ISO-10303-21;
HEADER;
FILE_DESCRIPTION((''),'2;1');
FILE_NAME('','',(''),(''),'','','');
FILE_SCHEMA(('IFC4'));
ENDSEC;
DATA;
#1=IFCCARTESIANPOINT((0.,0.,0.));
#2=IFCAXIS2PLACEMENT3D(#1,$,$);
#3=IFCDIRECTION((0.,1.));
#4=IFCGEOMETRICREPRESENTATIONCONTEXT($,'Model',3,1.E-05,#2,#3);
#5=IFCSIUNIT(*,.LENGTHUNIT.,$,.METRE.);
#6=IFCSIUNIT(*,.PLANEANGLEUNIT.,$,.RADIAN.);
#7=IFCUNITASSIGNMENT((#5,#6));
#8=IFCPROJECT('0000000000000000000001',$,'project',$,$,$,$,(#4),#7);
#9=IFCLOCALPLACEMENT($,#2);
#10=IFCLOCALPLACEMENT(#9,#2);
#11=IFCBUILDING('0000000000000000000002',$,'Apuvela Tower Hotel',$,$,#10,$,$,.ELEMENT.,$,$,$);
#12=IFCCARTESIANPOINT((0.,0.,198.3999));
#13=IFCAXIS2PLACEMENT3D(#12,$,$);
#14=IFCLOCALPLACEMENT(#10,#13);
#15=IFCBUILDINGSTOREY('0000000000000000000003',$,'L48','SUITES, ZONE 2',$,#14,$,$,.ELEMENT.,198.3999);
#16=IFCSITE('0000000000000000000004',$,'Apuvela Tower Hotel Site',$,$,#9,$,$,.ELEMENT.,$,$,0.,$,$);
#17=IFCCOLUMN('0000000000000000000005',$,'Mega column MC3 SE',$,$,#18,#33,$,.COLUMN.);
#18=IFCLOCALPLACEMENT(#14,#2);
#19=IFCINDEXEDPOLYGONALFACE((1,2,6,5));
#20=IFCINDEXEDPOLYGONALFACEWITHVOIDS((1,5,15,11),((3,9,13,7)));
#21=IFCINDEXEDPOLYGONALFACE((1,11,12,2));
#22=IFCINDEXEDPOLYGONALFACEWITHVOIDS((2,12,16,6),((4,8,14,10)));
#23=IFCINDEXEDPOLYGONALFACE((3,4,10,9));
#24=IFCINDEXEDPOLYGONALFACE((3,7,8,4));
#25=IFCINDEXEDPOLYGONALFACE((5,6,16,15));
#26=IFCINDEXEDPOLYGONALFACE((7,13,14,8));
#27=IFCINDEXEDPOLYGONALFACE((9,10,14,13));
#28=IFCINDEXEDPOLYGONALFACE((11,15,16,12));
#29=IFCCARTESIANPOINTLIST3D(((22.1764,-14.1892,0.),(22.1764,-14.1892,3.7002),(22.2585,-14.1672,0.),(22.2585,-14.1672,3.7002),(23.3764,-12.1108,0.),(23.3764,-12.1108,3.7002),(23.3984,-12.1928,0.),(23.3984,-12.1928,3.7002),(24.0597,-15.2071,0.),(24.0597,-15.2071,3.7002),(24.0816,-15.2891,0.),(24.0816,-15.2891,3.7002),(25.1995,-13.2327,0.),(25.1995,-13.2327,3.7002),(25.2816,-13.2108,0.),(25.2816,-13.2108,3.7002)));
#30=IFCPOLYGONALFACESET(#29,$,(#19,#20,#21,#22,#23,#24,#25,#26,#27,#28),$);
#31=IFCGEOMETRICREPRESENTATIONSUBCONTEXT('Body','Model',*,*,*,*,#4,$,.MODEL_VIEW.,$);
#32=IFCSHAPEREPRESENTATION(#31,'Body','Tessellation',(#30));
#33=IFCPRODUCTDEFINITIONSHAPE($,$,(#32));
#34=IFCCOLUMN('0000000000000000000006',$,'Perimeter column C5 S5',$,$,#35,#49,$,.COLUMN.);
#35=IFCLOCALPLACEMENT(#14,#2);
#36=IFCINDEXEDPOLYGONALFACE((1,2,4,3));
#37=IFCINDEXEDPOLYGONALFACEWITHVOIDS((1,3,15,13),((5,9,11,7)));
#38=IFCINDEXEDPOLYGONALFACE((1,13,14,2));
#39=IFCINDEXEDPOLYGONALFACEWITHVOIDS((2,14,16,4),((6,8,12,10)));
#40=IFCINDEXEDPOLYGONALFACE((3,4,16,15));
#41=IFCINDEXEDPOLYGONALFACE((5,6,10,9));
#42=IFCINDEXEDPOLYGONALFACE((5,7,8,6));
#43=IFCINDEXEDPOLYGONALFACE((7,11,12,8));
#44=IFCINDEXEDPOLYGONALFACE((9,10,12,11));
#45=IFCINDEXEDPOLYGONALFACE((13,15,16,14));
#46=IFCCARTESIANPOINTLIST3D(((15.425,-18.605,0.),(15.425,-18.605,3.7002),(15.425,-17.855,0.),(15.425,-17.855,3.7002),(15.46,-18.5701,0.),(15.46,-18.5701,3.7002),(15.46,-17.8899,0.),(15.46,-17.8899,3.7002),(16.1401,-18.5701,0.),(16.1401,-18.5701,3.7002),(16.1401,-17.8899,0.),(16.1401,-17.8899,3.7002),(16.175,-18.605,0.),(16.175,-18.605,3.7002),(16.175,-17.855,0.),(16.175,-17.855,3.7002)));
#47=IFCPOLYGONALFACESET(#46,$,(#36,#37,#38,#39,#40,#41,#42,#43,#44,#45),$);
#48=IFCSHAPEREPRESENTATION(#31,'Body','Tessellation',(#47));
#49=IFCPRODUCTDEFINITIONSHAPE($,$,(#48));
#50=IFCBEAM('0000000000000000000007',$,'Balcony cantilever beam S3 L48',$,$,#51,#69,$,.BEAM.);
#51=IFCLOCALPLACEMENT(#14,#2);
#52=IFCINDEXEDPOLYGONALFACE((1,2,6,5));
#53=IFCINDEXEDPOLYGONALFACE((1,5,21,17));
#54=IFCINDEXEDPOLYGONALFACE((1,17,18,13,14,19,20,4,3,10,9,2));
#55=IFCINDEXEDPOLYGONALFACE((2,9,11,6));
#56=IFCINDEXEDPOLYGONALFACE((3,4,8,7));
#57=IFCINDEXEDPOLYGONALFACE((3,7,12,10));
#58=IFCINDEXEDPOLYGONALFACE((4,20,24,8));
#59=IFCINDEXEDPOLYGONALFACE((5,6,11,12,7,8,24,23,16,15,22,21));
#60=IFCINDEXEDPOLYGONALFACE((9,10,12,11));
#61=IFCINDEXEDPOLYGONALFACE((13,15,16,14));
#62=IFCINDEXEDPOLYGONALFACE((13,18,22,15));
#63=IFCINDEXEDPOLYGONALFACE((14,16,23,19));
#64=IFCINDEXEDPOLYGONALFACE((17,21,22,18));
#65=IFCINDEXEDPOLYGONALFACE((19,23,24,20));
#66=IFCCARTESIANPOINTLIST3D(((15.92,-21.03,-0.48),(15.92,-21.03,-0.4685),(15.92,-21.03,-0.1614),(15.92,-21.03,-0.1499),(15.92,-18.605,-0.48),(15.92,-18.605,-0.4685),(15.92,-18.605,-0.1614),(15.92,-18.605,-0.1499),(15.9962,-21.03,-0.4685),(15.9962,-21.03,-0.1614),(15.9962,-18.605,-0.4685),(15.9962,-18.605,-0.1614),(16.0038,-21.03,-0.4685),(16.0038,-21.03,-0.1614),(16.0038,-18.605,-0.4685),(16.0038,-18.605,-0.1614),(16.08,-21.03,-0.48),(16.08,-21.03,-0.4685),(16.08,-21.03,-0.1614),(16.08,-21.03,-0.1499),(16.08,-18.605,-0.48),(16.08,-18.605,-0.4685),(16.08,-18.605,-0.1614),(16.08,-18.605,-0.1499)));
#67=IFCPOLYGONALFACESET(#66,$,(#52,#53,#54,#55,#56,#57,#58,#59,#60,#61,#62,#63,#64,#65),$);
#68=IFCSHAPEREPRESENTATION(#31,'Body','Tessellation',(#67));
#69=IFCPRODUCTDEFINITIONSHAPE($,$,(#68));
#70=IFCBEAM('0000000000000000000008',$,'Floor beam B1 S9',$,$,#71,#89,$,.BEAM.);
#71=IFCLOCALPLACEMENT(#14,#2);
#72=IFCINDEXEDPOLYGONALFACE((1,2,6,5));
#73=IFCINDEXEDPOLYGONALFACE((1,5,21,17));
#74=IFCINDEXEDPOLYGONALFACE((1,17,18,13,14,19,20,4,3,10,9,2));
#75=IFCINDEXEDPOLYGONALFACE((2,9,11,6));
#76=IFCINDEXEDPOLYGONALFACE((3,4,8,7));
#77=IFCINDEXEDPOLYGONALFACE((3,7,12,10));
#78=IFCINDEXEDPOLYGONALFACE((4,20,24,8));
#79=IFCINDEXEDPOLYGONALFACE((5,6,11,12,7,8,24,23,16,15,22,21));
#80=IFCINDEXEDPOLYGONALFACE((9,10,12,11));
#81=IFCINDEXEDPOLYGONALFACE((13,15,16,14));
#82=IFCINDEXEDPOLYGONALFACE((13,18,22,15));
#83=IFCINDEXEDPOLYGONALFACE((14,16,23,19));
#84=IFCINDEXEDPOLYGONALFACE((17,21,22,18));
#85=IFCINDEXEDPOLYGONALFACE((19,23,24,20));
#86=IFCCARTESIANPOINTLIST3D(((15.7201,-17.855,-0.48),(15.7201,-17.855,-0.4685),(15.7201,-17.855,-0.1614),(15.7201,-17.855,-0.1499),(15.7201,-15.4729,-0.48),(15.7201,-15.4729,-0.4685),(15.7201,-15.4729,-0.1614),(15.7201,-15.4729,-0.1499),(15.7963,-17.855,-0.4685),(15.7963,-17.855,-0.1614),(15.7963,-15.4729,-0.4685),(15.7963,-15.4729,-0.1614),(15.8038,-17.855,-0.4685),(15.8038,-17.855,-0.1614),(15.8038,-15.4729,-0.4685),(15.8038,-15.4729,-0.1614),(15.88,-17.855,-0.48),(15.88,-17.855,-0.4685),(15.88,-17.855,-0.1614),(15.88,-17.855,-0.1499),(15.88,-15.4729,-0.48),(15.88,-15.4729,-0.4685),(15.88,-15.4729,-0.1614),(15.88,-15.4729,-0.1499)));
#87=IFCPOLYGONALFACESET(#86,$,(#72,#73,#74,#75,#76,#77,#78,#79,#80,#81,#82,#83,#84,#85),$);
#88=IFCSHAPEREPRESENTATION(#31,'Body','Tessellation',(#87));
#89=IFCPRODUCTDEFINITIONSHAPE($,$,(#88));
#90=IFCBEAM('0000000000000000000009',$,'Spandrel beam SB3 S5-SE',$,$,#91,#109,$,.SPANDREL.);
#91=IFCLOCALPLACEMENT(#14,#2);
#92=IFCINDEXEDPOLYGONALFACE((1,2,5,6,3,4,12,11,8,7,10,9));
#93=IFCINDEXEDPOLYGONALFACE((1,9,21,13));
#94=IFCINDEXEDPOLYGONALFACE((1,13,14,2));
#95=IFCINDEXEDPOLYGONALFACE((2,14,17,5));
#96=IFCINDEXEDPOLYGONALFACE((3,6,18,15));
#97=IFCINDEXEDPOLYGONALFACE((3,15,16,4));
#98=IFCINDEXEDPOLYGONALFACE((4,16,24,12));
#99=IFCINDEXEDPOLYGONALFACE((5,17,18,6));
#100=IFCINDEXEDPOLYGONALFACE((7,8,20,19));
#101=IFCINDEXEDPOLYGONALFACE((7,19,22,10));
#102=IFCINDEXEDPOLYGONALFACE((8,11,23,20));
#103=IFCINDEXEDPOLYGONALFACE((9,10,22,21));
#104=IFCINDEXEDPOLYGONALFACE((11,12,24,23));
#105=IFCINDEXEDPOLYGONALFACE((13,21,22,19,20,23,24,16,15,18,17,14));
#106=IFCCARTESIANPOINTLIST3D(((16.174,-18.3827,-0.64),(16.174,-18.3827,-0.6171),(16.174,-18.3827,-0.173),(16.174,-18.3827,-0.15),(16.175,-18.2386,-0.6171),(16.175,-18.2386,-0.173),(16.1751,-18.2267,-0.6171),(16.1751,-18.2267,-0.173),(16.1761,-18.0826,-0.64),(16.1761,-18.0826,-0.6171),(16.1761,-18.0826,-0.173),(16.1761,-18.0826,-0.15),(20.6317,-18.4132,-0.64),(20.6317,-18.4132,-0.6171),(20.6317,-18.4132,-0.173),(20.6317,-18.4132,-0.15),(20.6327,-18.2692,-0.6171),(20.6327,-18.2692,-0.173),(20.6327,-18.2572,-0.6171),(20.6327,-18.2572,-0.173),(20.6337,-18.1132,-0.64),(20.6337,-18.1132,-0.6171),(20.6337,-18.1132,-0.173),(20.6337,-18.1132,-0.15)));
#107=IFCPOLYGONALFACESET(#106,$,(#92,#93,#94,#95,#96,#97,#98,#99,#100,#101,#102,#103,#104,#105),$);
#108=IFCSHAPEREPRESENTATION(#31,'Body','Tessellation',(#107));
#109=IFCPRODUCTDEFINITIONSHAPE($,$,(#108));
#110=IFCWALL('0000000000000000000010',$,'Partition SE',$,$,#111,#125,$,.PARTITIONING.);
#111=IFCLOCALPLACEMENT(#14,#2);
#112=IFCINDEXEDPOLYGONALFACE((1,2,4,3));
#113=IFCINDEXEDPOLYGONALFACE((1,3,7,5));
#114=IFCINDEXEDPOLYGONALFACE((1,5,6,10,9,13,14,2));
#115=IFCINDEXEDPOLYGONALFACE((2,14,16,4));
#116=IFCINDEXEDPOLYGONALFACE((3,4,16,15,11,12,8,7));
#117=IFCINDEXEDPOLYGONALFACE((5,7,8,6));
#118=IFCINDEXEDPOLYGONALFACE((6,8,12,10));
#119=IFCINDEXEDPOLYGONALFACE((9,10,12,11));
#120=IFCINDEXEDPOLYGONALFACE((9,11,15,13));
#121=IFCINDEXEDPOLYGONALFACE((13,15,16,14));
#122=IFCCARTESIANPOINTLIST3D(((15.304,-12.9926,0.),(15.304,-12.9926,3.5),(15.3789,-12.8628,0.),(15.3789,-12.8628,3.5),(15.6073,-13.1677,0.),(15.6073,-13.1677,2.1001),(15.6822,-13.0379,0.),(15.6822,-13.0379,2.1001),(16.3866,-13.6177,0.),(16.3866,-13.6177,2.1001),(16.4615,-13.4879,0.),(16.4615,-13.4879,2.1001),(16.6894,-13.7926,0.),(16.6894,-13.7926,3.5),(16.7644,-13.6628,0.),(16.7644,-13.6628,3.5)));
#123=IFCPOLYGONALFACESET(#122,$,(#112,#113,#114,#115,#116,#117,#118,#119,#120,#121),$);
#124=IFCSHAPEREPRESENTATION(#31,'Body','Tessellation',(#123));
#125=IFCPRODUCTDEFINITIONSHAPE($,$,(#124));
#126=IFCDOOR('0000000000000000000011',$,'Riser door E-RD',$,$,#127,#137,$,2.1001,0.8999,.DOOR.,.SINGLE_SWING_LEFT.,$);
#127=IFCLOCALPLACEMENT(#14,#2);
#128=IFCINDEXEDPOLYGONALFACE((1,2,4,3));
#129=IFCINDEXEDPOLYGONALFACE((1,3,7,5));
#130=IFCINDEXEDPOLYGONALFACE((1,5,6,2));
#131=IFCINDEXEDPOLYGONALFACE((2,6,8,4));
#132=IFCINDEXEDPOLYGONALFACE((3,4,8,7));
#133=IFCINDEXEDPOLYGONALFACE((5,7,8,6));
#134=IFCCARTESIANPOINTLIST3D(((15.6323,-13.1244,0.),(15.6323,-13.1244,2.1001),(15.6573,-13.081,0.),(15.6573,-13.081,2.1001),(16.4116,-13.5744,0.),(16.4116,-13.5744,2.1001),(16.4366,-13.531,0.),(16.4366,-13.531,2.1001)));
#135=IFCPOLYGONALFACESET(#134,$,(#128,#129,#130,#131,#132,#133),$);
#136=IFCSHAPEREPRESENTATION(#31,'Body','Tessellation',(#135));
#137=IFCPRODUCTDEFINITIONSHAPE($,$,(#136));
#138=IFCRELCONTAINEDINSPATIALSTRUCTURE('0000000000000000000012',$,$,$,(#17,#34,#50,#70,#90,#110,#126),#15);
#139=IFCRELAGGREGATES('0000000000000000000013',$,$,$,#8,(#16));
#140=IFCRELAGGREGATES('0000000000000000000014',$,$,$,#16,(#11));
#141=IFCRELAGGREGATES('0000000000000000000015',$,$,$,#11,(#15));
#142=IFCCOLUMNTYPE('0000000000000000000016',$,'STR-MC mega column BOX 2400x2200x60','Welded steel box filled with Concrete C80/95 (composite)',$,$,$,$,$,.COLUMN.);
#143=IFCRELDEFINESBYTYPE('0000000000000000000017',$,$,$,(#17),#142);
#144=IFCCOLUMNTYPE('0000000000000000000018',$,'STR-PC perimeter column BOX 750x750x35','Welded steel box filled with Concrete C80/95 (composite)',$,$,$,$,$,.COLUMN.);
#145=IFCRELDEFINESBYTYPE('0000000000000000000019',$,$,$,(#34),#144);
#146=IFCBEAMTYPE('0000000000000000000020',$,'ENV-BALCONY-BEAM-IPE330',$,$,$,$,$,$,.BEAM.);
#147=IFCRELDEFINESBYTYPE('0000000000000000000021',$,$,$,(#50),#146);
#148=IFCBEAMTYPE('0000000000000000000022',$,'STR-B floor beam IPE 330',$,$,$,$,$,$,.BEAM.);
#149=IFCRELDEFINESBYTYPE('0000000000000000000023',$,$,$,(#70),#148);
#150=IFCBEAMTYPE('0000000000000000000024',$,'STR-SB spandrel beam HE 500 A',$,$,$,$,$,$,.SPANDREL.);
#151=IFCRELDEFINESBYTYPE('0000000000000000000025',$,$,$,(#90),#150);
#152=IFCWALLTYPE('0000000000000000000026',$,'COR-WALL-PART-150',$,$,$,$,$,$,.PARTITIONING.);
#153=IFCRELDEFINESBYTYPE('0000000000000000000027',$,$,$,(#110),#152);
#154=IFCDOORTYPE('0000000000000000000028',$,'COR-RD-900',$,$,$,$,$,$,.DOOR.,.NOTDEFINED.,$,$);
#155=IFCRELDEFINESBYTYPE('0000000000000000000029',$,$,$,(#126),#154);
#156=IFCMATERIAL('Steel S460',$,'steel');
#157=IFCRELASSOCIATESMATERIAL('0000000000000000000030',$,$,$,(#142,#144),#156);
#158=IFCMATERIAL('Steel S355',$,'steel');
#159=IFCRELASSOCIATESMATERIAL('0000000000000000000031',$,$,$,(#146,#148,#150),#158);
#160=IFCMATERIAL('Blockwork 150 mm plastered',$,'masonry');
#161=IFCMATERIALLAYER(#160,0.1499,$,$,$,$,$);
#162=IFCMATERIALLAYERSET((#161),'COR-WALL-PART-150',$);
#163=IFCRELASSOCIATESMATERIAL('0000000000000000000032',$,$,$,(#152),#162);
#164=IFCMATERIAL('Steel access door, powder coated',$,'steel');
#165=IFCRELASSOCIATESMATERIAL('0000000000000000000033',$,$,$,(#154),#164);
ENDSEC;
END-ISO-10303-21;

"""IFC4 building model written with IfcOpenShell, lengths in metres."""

from ifc_helpers import new_model, si_unit, direction, frame, frame_2d, origin, origin_2d, place, context, subcontext, project, spatial, rectangle, hollow_rectangle, i_section, extrude, material, layer, layer_set, material_profile, profile_set, type_object, element, fill, save


model = new_model("IFC4")

# Units and contexts
model_context = context("Model", 3, precision=1e-05, world=origin(), true_north=direction((0.0, 1.0)))
body_context = subcontext(model_context, "Body", "Model", "MODEL_VIEW")
ifc_project = project(units=[si_unit("LENGTHUNIT", "METRE"), si_unit("PLANEANGLEUNIT", "RADIAN")], contexts=[model_context])

# Site, building, storey
site_placement = place(None, origin())
site = spatial("IfcSite", under=ifc_project, at=site_placement, Name="Apuvela Tower Hotel Site", CompositionType="ELEMENT", RefElevation=0.0)
building_placement = place(site_placement, origin())
building = spatial("IfcBuilding", under=site, at=building_placement, Name="Apuvela Tower Hotel", CompositionType="ELEMENT")
storey_placement = place(building_placement, frame((0.0, 0.0, 198.3999)))
storey = spatial("IfcBuildingStorey", under=building, at=storey_placement, Name="L48", Description="SUITES, ZONE 2", CompositionType="ELEMENT", Elevation=198.3999)

# Columns
ifc_material_1 = material(Name="Steel S460", Category="steel")
ifc_material_profile_1 = material_profile(ifc_material_1, hollow_rectangle(XDim=2.3999, YDim=2.2, WallThickness=0.0601, at=origin_2d()), Name="BOX 2400x2200x60")
ifc_material_2 = material(Name="Concrete C80/95", Category="concrete")
ifc_material_profile_2 = material_profile(ifc_material_2, rectangle(XDim=2.28, YDim=2.0801, at=origin_2d()), Name="Concrete C80/95 infill")
ifc_profile_set_1 = profile_set([ifc_material_profile_1, ifc_material_profile_2], Name="Steel S460")
column_type_1 = type_object("IfcColumnType", Name="STR-MC mega column BOX 2400x2200x60", Description="Welded steel box filled with Concrete C80/95 (composite)", PredefinedType="COLUMN", material=ifc_profile_set_1)
column_1_placement = place(storey_placement, frame((23.729, -13.7, 0.0), z_axis=(0.0, 0.0, 1.0), x_axis=(0.5, 0.866025, 0.0)))
element("IfcColumn", 1, at=column_1_placement, inside=storey, type_object=column_type_1, Name="Mega column MC3 SE", PredefinedType="COLUMN", context=body_context, shape_type="SweptSolid", body=[
    extrude(hollow_rectangle(XDim=2.3999, YDim=2.2, WallThickness=0.0601, at=origin_2d()), origin(), (0.0, 0.0, 1.0), 3.7002),
])
ifc_material_profile_3 = material_profile(ifc_material_1, hollow_rectangle(XDim=0.75, YDim=0.75, WallThickness=0.0349, at=origin_2d()), Name="BOX 750x750x35")
ifc_material_profile_4 = material_profile(ifc_material_2, rectangle(XDim=0.6799, YDim=0.6799, at=origin_2d()), Name="Concrete C80/95 infill")
ifc_profile_set_2 = profile_set([ifc_material_profile_3, ifc_material_profile_4], Name="Steel S460")
column_type_2 = type_object("IfcColumnType", Name="STR-PC perimeter column BOX 750x750x35", Description="Welded steel box filled with Concrete C80/95 (composite)", PredefinedType="COLUMN", material=ifc_profile_set_2)
column_2_placement = place(storey_placement, frame((15.8, -18.23, 0.0), z_axis=(0.0, 0.0, 1.0), x_axis=(-1.0, 0.0, 0.0)))
element("IfcColumn", 2, at=column_2_placement, inside=storey, type_object=column_type_2, Name="Perimeter column C5 S5", PredefinedType="COLUMN", context=body_context, shape_type="SweptSolid", body=[
    extrude(hollow_rectangle(XDim=0.75, YDim=0.75, WallThickness=0.0349, at=origin_2d()), origin(), (0.0, 0.0, 1.0), 3.7002),
])

# Beams
ifc_material_3 = material(Name="Steel S355", Category="steel")
ifc_material_profile_5 = material_profile(ifc_material_3, i_section(OverallWidth=0.1599, OverallDepth=0.3301, WebThickness=0.0076, FlangeThickness=0.0115, at=origin_2d()), Name="IPE 330")
ifc_profile_set_3 = profile_set([ifc_material_profile_5], Name="Steel S355")
beam_type_1 = type_object("IfcBeamType", Name="ENV-BALCONY-BEAM-IPE330", PredefinedType="BEAM", material=ifc_profile_set_3)
beam_1_placement = place(storey_placement, frame((16.0, -18.605, -0.3149), z_axis=(0.0, -1.0, 0.0), x_axis=(1.0, 0.0, 0.0)))
element("IfcBeam", 3, at=beam_1_placement, inside=storey, type_object=beam_type_1, Name="Balcony cantilever beam S3 L48", PredefinedType="BEAM", context=body_context, shape_type="SweptSolid", body=[
    extrude(i_section(OverallWidth=0.1599, OverallDepth=0.3301, WebThickness=0.0076, FlangeThickness=0.0115, at=origin_2d()), origin(), (0.0, 0.0, 1.0), 2.425),
])
ifc_material_profile_6 = material_profile(ifc_material_3, i_section(OverallWidth=0.1599, OverallDepth=0.3301, WebThickness=0.0076, FlangeThickness=0.0115, at=origin_2d()), Name="IPE 330")
ifc_profile_set_4 = profile_set([ifc_material_profile_6], Name="Steel S355")
beam_type_2 = type_object("IfcBeamType", Name="STR-B floor beam IPE 330", PredefinedType="BEAM", material=ifc_profile_set_4)
beam_2_placement = place(storey_placement, frame((15.8, -17.855, -0.3149), z_axis=(0.0, 1.0, 0.0), x_axis=(-1.0, 0.0, 0.0)))
element("IfcBeam", 4, at=beam_2_placement, inside=storey, type_object=beam_type_2, Name="Floor beam B1 S9", PredefinedType="BEAM", context=body_context, shape_type="SweptSolid", body=[
    extrude(i_section(OverallWidth=0.1599, OverallDepth=0.3301, WebThickness=0.0076, FlangeThickness=0.0115, at=origin_2d()), origin(), (0.0, 0.0, 1.0), 2.3821),
])
ifc_material_profile_7 = material_profile(ifc_material_3, i_section(OverallWidth=0.3, OverallDepth=0.49, WebThickness=0.012, FlangeThickness=0.0229, at=origin_2d()), Name="HE 500 A")
ifc_profile_set_5 = profile_set([ifc_material_profile_7], Name="Steel S355")
beam_type_3 = type_object("IfcBeamType", Name="STR-SB spandrel beam HE 500 A", PredefinedType="SPANDREL", material=ifc_profile_set_5)
beam_3_placement = place(storey_placement, frame((16.175, -18.2327, -0.395), z_axis=(0.999977, -0.006846, 0.0), x_axis=(0.006846, 0.999977, 0.0)))
element("IfcBeam", 5, at=beam_3_placement, inside=storey, type_object=beam_type_3, Name="Spandrel beam SB3 S5-SE", PredefinedType="SPANDREL", context=body_context, shape_type="SweptSolid", body=[
    extrude(i_section(OverallWidth=0.3, OverallDepth=0.49, WebThickness=0.012, FlangeThickness=0.0229, at=origin_2d()), origin(), (0.0, 0.0, 1.0), 4.4578),
])

# Wall, opening, door
ifc_material_4 = material(Name="Blockwork 150 mm plastered", Category="masonry")
ifc_layer_1 = layer(ifc_material_4, 0.1499)
ifc_layer_set_1 = layer_set([ifc_layer_1], Name="COR-WALL-PART-150")
wall_type_1 = type_object("IfcWallType", Name="COR-WALL-PART-150", PredefinedType="PARTITIONING", material=ifc_layer_set_1)
wall_1_placement = place(storey_placement, frame((15.3416, -12.9277, 0.0), z_axis=(0.0, 0.0, 1.0), x_axis=(0.86599, -0.500061, 0.0)))
wall_1 = element("IfcWall", 6, at=wall_1_placement, inside=storey, type_object=wall_type_1, Name="Partition SE", PredefinedType="PARTITIONING", context=body_context, shape_type="SweptSolid", body=[
    extrude(rectangle(XDim=1.5999, YDim=0.1499, at=frame_2d((0.7998, 0.0))), origin(), (0.0, 0.0, 1.0), 3.5),
])
opening_1_placement = place(wall_1_placement, frame((0.3501, 0.0, 0.0)))
opening_1 = element("IfcOpeningElement", 7, at=opening_1_placement, cuts=wall_1, PredefinedType="OPENING", context=body_context, shape_type="SweptSolid", body=[
    extrude(rectangle(XDim=0.8999, YDim=2.1001, at=frame_2d((0.45, 1.05))), frame((0.0, 0.085, 0.0), z_axis=(0.0, -1.0, 0.0), x_axis=(1.0, 0.0, 0.0)), (0.0, 0.0, 1.0), 0.1699),
])
ifc_material_5 = material(Name="Steel access door, powder coated", Category="steel")
door_type_1 = type_object("IfcDoorType", Name="COR-RD-900", OperationType="NOTDEFINED", PredefinedType="DOOR", material=ifc_material_5)
door_1_placement = place(opening_1_placement, frame((0.8999, 0.0, 0.0), z_axis=(0.0, 0.0, 1.0), x_axis=(-1.0, 0.0, 0.0)))
door_1 = element("IfcDoor", 8, at=door_1_placement, inside=storey, type_object=door_type_1, Name="Riser door E-RD", OperationType="SINGLE_SWING_LEFT", OverallHeight=2.1001, OverallWidth=0.8999, PredefinedType="DOOR", context=body_context, shape_type="SweptSolid", body=[
    extrude(rectangle(XDim=0.8999, YDim=2.1001, at=frame_2d((0.45, 1.05))), frame((0.0, 0.0249, 0.0), z_axis=(0.0, -1.0, 0.0), x_axis=(1.0, 0.0, 0.0)), (0.0, 0.0, 1.0), 0.05),
])
fill(opening_1, door_1)

save(model, "model.ifc")
